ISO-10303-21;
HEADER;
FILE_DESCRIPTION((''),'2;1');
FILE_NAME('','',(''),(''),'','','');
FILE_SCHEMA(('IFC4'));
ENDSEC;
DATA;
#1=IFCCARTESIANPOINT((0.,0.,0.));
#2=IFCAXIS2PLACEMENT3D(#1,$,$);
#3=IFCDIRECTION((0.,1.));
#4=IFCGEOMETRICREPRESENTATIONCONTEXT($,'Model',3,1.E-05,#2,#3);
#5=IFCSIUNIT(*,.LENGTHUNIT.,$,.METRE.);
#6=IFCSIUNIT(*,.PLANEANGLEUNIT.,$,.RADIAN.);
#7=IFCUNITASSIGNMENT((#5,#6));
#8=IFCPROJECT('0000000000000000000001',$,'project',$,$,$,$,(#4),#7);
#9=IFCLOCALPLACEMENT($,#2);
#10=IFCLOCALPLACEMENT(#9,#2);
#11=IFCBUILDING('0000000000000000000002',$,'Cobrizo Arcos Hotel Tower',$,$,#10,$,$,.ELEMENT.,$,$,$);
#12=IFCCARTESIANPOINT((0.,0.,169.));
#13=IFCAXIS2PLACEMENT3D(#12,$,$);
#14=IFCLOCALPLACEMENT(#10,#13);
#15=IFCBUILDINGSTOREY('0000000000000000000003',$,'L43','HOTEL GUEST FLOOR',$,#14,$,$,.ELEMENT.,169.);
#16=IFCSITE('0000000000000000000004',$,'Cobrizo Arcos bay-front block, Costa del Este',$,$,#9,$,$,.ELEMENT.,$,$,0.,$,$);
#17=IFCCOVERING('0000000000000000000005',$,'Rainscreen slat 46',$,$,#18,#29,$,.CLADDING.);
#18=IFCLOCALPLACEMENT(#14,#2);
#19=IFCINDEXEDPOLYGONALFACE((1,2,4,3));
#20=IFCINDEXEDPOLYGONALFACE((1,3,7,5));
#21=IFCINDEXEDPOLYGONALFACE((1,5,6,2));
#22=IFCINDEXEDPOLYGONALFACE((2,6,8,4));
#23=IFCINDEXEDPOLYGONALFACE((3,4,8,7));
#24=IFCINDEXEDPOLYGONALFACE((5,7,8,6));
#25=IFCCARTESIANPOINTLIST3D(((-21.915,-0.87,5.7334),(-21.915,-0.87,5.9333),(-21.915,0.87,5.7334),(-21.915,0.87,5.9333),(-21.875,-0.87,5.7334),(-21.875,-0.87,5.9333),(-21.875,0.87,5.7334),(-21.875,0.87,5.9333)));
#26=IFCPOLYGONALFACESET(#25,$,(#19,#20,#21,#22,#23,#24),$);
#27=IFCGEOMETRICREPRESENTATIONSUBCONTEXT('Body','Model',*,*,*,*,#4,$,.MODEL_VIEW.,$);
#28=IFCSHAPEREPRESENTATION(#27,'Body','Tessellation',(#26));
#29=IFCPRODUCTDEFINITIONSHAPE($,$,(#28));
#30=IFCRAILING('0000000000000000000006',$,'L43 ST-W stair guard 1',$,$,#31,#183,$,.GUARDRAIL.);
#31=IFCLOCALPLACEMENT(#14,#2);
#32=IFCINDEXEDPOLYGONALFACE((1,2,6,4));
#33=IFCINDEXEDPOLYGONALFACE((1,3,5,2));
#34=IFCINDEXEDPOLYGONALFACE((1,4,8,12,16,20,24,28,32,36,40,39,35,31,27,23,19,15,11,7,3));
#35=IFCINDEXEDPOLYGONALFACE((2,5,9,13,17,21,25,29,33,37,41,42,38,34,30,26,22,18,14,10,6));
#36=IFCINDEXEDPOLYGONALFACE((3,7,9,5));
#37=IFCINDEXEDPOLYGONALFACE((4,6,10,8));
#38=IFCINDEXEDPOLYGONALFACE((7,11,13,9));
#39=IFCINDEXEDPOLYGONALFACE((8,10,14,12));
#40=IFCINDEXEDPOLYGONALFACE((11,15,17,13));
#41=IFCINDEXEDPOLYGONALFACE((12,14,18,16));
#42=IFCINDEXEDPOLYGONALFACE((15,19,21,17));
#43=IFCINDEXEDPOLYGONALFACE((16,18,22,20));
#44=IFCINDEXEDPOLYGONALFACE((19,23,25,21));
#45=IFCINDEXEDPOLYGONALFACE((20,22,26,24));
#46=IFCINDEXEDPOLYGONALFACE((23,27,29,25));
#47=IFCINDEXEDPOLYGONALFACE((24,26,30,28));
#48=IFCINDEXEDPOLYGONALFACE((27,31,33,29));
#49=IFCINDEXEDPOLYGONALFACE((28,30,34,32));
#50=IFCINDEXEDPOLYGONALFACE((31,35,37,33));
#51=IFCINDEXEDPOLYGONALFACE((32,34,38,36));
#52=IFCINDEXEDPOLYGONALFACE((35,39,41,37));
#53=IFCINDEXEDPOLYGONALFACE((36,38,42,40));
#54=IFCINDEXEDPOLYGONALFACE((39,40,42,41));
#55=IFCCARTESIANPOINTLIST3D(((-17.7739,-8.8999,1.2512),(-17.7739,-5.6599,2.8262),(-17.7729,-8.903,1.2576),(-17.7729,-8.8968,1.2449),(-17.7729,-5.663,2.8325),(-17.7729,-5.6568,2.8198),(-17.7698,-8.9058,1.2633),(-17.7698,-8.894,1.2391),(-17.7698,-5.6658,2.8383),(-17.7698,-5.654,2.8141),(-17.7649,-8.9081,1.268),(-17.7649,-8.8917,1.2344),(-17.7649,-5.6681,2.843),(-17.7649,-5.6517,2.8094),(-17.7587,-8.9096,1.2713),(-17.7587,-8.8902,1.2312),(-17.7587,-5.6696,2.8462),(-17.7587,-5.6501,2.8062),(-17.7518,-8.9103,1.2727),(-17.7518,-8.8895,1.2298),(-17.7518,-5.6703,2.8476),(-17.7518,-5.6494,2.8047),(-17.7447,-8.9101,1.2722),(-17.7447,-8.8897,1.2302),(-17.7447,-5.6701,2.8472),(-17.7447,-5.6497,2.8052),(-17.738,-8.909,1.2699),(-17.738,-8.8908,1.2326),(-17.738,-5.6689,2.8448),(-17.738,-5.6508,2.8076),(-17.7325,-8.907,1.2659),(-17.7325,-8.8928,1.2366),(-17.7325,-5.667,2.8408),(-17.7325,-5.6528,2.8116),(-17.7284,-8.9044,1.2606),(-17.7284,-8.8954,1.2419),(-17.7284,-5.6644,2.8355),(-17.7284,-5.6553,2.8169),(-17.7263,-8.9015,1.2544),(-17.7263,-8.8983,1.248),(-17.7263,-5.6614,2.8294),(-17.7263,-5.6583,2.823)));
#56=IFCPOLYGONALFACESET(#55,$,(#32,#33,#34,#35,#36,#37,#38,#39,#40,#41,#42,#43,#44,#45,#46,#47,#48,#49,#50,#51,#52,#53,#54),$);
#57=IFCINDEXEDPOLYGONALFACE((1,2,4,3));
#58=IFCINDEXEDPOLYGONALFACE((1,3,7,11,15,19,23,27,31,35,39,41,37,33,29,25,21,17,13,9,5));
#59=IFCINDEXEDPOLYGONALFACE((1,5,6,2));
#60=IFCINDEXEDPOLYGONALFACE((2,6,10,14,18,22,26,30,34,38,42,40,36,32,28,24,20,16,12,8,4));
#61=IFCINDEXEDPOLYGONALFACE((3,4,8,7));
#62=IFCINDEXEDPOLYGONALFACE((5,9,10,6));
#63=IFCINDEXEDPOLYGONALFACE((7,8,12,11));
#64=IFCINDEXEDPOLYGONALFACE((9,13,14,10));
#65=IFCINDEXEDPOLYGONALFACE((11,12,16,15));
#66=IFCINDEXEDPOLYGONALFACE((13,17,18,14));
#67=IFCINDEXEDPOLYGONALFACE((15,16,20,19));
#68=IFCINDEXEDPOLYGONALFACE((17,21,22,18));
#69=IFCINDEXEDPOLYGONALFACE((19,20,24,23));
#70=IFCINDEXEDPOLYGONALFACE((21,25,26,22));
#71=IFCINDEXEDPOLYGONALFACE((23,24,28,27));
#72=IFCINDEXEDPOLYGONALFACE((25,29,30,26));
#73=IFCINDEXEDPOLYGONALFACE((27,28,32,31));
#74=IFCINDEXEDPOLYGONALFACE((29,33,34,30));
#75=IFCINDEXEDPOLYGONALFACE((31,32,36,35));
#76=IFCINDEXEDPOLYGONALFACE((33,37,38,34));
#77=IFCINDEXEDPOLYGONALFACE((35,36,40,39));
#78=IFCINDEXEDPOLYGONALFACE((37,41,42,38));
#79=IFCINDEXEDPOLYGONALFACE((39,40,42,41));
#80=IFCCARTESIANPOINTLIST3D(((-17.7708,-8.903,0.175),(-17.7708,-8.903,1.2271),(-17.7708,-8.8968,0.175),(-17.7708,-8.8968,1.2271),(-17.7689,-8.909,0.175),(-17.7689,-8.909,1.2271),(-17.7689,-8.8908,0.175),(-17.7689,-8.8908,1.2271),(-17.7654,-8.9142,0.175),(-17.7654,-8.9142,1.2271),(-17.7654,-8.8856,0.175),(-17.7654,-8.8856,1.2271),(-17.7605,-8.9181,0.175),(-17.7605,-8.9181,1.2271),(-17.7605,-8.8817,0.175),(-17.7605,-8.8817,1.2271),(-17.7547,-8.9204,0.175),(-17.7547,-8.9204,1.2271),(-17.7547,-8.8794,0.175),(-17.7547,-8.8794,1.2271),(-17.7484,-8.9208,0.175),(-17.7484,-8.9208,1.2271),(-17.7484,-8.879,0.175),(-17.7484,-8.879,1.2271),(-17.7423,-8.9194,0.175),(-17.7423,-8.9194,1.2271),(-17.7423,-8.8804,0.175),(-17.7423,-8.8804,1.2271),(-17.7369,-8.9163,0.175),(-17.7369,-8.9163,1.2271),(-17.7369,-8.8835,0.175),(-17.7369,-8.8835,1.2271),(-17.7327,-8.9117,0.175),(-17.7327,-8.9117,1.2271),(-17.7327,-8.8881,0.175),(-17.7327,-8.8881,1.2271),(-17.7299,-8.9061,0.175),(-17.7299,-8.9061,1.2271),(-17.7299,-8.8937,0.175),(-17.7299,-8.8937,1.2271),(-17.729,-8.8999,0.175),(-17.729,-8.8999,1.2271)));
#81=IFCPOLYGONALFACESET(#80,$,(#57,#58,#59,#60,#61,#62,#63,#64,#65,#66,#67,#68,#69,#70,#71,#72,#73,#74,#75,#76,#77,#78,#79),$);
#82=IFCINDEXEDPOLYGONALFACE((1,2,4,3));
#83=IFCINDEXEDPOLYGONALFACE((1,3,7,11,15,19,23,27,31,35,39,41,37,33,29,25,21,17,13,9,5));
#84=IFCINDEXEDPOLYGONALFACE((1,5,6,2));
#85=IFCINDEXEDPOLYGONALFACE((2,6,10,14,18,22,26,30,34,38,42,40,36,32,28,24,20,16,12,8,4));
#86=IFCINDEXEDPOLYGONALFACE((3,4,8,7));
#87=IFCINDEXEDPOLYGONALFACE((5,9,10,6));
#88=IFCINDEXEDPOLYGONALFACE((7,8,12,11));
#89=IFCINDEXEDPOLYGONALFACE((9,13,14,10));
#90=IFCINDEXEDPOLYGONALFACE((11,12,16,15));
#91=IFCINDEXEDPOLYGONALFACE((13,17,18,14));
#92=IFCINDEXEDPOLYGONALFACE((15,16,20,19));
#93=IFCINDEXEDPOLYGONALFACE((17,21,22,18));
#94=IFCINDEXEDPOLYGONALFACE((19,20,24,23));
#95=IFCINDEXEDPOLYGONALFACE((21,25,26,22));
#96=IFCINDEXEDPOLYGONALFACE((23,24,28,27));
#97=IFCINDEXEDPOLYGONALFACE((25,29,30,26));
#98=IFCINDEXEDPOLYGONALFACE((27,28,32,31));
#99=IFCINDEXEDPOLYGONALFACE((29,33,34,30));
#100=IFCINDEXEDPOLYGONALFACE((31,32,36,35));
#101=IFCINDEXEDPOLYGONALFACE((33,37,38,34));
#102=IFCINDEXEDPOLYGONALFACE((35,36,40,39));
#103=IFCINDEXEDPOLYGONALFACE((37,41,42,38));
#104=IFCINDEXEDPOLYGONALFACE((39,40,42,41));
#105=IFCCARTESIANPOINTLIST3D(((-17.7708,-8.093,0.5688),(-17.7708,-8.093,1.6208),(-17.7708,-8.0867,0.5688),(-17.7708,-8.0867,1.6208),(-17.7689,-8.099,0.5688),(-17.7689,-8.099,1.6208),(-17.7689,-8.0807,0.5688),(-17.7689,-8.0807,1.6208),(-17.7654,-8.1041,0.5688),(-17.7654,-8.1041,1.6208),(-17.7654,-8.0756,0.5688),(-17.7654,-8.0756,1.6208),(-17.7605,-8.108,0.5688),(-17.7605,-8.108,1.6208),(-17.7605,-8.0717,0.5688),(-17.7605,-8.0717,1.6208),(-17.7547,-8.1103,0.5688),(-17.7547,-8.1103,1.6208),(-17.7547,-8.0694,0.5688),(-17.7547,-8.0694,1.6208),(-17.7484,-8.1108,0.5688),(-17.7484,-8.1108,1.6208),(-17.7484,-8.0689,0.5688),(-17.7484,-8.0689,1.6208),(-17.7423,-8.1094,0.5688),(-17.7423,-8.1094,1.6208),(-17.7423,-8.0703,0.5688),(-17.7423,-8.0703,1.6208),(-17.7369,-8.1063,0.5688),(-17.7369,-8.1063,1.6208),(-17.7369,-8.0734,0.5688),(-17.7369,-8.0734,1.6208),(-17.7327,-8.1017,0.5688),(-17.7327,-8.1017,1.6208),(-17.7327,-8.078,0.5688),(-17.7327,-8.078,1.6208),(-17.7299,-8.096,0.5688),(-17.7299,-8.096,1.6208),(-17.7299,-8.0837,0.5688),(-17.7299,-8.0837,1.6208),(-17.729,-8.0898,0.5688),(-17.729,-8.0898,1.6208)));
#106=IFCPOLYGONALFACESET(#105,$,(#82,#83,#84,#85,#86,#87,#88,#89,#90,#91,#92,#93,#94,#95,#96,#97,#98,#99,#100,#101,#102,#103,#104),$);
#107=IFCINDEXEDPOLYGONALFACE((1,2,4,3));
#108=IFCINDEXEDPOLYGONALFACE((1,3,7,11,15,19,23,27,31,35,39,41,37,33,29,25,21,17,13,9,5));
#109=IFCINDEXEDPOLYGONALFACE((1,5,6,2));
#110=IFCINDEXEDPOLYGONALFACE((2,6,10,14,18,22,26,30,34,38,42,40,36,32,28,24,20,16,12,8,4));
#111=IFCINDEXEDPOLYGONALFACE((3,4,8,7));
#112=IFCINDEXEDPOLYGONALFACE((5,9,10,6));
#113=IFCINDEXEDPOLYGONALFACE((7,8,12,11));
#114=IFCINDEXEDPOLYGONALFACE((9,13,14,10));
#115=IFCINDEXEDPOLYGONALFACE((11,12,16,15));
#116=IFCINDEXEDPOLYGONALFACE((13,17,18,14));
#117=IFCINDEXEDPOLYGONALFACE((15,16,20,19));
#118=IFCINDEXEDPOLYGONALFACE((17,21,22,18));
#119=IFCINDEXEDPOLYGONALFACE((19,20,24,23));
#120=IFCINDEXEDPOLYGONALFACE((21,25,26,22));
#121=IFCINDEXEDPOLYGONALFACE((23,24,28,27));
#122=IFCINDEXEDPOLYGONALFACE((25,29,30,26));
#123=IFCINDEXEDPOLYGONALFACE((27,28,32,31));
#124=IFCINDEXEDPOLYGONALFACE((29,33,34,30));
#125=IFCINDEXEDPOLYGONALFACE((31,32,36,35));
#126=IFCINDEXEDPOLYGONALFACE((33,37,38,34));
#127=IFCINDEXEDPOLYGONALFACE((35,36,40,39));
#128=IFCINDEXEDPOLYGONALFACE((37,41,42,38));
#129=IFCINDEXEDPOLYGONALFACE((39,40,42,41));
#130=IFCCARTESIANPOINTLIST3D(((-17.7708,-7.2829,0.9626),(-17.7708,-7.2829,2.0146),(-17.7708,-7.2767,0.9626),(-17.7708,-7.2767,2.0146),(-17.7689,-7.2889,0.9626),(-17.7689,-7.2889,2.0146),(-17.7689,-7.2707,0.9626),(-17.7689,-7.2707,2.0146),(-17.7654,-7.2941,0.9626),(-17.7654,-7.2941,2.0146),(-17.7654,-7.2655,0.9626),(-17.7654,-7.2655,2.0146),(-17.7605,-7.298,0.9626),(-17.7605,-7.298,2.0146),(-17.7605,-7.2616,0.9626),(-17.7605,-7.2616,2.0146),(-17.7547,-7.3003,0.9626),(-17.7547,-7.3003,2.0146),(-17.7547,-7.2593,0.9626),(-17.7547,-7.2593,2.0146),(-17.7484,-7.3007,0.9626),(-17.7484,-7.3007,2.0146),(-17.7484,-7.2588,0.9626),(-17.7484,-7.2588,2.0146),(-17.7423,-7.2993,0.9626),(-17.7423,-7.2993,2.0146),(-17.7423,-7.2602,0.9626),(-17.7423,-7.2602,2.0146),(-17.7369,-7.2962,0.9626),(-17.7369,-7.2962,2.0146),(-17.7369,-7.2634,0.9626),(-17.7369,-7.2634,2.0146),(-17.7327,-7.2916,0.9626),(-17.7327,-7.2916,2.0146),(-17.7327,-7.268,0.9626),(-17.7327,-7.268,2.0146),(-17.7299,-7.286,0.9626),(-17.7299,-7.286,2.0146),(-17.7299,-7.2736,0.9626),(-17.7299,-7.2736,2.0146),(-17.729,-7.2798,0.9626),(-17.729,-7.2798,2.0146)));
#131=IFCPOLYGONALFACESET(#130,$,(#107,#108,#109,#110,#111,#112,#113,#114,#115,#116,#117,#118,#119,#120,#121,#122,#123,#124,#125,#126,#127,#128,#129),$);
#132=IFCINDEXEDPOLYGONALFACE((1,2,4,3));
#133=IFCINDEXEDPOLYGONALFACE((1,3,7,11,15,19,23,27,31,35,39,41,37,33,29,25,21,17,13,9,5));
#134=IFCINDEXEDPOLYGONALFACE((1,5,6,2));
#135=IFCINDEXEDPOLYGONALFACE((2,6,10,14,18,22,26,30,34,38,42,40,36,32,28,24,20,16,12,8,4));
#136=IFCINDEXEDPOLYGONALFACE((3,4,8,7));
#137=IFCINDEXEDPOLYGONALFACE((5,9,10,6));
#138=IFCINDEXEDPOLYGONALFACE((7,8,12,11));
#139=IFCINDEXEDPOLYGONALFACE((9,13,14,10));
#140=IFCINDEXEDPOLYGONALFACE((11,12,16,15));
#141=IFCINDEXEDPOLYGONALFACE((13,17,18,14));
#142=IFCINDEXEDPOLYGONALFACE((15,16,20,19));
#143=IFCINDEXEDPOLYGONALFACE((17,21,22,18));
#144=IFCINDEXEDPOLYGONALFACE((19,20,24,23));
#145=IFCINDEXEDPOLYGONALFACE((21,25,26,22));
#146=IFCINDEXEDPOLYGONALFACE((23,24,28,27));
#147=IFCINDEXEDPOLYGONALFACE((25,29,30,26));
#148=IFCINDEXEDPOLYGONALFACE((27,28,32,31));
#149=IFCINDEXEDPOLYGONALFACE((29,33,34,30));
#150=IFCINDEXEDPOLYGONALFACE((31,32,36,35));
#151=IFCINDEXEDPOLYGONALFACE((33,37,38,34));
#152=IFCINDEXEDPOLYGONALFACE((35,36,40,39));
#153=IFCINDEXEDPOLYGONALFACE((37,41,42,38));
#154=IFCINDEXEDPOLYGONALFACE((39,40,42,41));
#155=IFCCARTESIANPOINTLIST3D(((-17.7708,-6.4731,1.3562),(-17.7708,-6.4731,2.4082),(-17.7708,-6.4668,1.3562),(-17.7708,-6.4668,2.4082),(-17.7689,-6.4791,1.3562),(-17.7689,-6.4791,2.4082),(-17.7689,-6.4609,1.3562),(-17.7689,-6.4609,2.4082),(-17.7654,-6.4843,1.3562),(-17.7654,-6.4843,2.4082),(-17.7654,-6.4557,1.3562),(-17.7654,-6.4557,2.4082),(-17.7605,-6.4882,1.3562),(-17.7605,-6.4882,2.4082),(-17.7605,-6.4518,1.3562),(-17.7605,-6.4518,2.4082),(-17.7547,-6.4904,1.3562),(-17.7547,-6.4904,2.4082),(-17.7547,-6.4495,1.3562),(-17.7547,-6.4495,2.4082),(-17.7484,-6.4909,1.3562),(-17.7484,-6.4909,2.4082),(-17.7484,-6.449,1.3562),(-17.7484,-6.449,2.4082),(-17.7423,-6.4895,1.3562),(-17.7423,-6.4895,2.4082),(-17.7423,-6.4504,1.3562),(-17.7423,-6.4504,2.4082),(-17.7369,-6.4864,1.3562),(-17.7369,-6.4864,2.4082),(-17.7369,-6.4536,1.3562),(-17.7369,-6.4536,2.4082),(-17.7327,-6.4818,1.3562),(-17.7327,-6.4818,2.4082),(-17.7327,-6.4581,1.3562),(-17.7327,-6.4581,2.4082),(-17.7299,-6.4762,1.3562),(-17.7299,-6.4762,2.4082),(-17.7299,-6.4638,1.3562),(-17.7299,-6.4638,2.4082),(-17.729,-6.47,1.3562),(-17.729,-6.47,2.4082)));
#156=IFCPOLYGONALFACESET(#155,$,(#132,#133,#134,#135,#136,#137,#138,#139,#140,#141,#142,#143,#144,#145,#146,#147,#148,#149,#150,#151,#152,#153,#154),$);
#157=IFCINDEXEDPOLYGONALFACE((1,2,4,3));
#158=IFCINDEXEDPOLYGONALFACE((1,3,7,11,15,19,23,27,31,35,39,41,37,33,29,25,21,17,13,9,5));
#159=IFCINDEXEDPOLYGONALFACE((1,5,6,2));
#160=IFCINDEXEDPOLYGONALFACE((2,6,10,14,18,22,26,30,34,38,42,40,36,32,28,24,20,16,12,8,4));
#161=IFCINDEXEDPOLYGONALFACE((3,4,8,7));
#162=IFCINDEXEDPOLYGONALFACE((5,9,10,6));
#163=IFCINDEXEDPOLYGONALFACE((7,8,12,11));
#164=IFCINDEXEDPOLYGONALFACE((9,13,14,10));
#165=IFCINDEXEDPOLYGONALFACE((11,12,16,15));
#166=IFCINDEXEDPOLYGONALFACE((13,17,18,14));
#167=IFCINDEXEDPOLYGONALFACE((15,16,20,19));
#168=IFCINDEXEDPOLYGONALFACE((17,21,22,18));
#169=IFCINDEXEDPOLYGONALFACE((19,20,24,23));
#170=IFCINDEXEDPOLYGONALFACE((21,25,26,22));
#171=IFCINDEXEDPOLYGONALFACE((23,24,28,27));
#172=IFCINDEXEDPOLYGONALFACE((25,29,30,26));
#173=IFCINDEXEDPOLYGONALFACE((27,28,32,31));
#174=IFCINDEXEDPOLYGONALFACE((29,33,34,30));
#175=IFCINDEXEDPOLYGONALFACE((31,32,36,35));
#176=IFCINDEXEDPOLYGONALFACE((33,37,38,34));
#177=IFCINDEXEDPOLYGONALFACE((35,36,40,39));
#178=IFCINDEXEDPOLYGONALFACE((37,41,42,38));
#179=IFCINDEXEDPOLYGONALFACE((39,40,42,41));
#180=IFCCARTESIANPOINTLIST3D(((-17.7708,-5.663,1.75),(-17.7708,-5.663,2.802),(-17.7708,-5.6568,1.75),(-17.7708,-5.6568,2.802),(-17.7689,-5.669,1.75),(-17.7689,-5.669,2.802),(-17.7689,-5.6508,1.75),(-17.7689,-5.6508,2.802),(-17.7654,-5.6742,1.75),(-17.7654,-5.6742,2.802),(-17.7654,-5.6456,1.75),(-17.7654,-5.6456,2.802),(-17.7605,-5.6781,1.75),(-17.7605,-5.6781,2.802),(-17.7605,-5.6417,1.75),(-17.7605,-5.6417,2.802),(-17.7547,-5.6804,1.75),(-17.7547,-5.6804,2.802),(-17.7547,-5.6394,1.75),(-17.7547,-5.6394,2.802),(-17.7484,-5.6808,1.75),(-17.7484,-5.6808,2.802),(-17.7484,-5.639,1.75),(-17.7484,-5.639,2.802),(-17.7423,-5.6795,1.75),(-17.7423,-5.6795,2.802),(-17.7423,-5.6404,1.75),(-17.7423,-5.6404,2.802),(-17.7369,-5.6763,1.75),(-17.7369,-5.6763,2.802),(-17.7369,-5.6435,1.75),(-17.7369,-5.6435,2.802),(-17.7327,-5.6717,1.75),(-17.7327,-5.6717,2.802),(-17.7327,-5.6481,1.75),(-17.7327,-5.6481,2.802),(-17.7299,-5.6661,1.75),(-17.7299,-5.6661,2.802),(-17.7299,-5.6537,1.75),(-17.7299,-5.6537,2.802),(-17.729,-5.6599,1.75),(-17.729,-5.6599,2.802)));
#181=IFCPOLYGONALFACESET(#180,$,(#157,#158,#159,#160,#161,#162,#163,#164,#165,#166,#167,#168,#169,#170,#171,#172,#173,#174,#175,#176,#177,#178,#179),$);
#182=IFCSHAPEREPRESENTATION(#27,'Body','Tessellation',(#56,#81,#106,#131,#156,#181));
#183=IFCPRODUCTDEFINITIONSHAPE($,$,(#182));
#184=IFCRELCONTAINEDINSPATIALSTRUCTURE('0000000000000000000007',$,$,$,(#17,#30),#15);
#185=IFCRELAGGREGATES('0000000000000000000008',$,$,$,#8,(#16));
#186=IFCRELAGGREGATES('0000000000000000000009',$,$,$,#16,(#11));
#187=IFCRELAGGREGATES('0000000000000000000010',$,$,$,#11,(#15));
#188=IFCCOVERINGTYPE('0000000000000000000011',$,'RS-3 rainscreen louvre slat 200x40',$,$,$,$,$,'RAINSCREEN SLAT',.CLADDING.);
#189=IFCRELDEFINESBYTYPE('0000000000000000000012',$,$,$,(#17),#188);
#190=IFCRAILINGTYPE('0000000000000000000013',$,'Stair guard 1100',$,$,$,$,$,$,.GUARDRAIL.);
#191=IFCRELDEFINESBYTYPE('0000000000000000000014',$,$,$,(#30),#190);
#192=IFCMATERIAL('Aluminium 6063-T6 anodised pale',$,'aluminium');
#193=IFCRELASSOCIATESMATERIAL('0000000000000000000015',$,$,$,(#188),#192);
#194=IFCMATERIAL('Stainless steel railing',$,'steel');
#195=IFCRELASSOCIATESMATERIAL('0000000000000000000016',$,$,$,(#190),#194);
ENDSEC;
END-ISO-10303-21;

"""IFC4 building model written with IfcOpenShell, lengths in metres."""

from ifc_helpers import new_model, si_unit, direction, frame, origin, origin_2d, place, context, subcontext, project, spatial, rectangle, circle, extrude, material, type_object, element, save


model = new_model("IFC4")

# Units and contexts
model_context = context("Model", 3, precision=1e-05, world=origin(), true_north=direction((0.0, 1.0)))
body_context = subcontext(model_context, "Body", "Model", "MODEL_VIEW")
ifc_project = project(units=[si_unit("LENGTHUNIT", "METRE"), si_unit("PLANEANGLEUNIT", "RADIAN")], contexts=[model_context])

# Site, building, storey
site_placement = place(None, origin())
site = spatial("IfcSite", under=ifc_project, at=site_placement, Name="Cobrizo Arcos bay-front block, Costa del Este", CompositionType="ELEMENT", RefElevation=0.0)
building_placement = place(site_placement, origin())
building = spatial("IfcBuilding", under=site, at=building_placement, Name="Cobrizo Arcos Hotel Tower", CompositionType="ELEMENT")
storey_placement = place(building_placement, frame((0.0, 0.0, 169.0)))
storey = spatial("IfcBuildingStorey", under=building, at=storey_placement, Name="L43", Description="HOTEL GUEST FLOOR", CompositionType="ELEMENT", Elevation=169.0)

# Covering
ifc_material_1 = material(Name="Aluminium 6063-T6 anodised pale", Category="aluminium")
covering_type_1 = type_object("IfcCoveringType", Name="RS-3 rainscreen louvre slat 200x40", ElementType="RAINSCREEN SLAT", PredefinedType="CLADDING", material=ifc_material_1)
for number, where, z_axis, x_axis, name in (
    (1, (-21.895, 0.0, 5.7334), (0.0, 0.0, 1.0), (0.0, -1.0, 0.0), "Rainscreen slat 46"),
):
    element("IfcCovering", number, at=place(storey_placement, frame(where, z_axis=z_axis, x_axis=x_axis)), inside=storey, type_object=covering_type_1, Name=name, PredefinedType="CLADDING", context=body_context, shape_type="SweptSolid", body=[
        extrude(rectangle(XDim=1.74, YDim=0.04, at=origin_2d()), origin(), (0.0, 0.0, 1.0), 0.2),
    ])

# Railing
ifc_material_2 = material(Name="Stainless steel railing", Category="steel")
railing_type_1 = type_object("IfcRailingType", Name="Stair guard 1100", PredefinedType="GUARDRAIL", material=ifc_material_2)
railing_1_placement = place(storey_placement, frame((-17.75, -8.8999, 0.175)))
element("IfcRailing", 2, at=railing_1_placement, inside=storey, type_object=railing_type_1, Name="L43 ST-W stair guard 1", PredefinedType="GUARDRAIL", context=body_context, shape_type="SweptSolid", body=[
    extrude(circle(Radius=0.0239, at=origin_2d()), frame((0.0, 0.0, 1.0762), z_axis=(0.0, 0.899373, 0.437183), x_axis=(-1.0, 0.0, 0.0)), (0.0, 0.0, 1.0), 3.6025),
    extrude(circle(Radius=0.021, at=origin_2d()), origin(), (0.0, 0.0, 1.0), 1.052),
    extrude(circle(Radius=0.021, at=origin_2d()), frame((0.0, 0.8101, 0.3938)), (0.0, 0.0, 1.0), 1.052),
    extrude(circle(Radius=0.021, at=origin_2d()), frame((0.0, 1.6201, 0.7876)), (0.0, 0.0, 1.0), 1.052),
    extrude(circle(Radius=0.021, at=origin_2d()), frame((0.0, 2.4299, 1.1812)), (0.0, 0.0, 1.0), 1.052),
    extrude(circle(Radius=0.021, at=origin_2d()), frame((0.0, 3.24, 1.575)), (0.0, 0.0, 1.0), 1.052),
])

save(model, "model.ifc")
